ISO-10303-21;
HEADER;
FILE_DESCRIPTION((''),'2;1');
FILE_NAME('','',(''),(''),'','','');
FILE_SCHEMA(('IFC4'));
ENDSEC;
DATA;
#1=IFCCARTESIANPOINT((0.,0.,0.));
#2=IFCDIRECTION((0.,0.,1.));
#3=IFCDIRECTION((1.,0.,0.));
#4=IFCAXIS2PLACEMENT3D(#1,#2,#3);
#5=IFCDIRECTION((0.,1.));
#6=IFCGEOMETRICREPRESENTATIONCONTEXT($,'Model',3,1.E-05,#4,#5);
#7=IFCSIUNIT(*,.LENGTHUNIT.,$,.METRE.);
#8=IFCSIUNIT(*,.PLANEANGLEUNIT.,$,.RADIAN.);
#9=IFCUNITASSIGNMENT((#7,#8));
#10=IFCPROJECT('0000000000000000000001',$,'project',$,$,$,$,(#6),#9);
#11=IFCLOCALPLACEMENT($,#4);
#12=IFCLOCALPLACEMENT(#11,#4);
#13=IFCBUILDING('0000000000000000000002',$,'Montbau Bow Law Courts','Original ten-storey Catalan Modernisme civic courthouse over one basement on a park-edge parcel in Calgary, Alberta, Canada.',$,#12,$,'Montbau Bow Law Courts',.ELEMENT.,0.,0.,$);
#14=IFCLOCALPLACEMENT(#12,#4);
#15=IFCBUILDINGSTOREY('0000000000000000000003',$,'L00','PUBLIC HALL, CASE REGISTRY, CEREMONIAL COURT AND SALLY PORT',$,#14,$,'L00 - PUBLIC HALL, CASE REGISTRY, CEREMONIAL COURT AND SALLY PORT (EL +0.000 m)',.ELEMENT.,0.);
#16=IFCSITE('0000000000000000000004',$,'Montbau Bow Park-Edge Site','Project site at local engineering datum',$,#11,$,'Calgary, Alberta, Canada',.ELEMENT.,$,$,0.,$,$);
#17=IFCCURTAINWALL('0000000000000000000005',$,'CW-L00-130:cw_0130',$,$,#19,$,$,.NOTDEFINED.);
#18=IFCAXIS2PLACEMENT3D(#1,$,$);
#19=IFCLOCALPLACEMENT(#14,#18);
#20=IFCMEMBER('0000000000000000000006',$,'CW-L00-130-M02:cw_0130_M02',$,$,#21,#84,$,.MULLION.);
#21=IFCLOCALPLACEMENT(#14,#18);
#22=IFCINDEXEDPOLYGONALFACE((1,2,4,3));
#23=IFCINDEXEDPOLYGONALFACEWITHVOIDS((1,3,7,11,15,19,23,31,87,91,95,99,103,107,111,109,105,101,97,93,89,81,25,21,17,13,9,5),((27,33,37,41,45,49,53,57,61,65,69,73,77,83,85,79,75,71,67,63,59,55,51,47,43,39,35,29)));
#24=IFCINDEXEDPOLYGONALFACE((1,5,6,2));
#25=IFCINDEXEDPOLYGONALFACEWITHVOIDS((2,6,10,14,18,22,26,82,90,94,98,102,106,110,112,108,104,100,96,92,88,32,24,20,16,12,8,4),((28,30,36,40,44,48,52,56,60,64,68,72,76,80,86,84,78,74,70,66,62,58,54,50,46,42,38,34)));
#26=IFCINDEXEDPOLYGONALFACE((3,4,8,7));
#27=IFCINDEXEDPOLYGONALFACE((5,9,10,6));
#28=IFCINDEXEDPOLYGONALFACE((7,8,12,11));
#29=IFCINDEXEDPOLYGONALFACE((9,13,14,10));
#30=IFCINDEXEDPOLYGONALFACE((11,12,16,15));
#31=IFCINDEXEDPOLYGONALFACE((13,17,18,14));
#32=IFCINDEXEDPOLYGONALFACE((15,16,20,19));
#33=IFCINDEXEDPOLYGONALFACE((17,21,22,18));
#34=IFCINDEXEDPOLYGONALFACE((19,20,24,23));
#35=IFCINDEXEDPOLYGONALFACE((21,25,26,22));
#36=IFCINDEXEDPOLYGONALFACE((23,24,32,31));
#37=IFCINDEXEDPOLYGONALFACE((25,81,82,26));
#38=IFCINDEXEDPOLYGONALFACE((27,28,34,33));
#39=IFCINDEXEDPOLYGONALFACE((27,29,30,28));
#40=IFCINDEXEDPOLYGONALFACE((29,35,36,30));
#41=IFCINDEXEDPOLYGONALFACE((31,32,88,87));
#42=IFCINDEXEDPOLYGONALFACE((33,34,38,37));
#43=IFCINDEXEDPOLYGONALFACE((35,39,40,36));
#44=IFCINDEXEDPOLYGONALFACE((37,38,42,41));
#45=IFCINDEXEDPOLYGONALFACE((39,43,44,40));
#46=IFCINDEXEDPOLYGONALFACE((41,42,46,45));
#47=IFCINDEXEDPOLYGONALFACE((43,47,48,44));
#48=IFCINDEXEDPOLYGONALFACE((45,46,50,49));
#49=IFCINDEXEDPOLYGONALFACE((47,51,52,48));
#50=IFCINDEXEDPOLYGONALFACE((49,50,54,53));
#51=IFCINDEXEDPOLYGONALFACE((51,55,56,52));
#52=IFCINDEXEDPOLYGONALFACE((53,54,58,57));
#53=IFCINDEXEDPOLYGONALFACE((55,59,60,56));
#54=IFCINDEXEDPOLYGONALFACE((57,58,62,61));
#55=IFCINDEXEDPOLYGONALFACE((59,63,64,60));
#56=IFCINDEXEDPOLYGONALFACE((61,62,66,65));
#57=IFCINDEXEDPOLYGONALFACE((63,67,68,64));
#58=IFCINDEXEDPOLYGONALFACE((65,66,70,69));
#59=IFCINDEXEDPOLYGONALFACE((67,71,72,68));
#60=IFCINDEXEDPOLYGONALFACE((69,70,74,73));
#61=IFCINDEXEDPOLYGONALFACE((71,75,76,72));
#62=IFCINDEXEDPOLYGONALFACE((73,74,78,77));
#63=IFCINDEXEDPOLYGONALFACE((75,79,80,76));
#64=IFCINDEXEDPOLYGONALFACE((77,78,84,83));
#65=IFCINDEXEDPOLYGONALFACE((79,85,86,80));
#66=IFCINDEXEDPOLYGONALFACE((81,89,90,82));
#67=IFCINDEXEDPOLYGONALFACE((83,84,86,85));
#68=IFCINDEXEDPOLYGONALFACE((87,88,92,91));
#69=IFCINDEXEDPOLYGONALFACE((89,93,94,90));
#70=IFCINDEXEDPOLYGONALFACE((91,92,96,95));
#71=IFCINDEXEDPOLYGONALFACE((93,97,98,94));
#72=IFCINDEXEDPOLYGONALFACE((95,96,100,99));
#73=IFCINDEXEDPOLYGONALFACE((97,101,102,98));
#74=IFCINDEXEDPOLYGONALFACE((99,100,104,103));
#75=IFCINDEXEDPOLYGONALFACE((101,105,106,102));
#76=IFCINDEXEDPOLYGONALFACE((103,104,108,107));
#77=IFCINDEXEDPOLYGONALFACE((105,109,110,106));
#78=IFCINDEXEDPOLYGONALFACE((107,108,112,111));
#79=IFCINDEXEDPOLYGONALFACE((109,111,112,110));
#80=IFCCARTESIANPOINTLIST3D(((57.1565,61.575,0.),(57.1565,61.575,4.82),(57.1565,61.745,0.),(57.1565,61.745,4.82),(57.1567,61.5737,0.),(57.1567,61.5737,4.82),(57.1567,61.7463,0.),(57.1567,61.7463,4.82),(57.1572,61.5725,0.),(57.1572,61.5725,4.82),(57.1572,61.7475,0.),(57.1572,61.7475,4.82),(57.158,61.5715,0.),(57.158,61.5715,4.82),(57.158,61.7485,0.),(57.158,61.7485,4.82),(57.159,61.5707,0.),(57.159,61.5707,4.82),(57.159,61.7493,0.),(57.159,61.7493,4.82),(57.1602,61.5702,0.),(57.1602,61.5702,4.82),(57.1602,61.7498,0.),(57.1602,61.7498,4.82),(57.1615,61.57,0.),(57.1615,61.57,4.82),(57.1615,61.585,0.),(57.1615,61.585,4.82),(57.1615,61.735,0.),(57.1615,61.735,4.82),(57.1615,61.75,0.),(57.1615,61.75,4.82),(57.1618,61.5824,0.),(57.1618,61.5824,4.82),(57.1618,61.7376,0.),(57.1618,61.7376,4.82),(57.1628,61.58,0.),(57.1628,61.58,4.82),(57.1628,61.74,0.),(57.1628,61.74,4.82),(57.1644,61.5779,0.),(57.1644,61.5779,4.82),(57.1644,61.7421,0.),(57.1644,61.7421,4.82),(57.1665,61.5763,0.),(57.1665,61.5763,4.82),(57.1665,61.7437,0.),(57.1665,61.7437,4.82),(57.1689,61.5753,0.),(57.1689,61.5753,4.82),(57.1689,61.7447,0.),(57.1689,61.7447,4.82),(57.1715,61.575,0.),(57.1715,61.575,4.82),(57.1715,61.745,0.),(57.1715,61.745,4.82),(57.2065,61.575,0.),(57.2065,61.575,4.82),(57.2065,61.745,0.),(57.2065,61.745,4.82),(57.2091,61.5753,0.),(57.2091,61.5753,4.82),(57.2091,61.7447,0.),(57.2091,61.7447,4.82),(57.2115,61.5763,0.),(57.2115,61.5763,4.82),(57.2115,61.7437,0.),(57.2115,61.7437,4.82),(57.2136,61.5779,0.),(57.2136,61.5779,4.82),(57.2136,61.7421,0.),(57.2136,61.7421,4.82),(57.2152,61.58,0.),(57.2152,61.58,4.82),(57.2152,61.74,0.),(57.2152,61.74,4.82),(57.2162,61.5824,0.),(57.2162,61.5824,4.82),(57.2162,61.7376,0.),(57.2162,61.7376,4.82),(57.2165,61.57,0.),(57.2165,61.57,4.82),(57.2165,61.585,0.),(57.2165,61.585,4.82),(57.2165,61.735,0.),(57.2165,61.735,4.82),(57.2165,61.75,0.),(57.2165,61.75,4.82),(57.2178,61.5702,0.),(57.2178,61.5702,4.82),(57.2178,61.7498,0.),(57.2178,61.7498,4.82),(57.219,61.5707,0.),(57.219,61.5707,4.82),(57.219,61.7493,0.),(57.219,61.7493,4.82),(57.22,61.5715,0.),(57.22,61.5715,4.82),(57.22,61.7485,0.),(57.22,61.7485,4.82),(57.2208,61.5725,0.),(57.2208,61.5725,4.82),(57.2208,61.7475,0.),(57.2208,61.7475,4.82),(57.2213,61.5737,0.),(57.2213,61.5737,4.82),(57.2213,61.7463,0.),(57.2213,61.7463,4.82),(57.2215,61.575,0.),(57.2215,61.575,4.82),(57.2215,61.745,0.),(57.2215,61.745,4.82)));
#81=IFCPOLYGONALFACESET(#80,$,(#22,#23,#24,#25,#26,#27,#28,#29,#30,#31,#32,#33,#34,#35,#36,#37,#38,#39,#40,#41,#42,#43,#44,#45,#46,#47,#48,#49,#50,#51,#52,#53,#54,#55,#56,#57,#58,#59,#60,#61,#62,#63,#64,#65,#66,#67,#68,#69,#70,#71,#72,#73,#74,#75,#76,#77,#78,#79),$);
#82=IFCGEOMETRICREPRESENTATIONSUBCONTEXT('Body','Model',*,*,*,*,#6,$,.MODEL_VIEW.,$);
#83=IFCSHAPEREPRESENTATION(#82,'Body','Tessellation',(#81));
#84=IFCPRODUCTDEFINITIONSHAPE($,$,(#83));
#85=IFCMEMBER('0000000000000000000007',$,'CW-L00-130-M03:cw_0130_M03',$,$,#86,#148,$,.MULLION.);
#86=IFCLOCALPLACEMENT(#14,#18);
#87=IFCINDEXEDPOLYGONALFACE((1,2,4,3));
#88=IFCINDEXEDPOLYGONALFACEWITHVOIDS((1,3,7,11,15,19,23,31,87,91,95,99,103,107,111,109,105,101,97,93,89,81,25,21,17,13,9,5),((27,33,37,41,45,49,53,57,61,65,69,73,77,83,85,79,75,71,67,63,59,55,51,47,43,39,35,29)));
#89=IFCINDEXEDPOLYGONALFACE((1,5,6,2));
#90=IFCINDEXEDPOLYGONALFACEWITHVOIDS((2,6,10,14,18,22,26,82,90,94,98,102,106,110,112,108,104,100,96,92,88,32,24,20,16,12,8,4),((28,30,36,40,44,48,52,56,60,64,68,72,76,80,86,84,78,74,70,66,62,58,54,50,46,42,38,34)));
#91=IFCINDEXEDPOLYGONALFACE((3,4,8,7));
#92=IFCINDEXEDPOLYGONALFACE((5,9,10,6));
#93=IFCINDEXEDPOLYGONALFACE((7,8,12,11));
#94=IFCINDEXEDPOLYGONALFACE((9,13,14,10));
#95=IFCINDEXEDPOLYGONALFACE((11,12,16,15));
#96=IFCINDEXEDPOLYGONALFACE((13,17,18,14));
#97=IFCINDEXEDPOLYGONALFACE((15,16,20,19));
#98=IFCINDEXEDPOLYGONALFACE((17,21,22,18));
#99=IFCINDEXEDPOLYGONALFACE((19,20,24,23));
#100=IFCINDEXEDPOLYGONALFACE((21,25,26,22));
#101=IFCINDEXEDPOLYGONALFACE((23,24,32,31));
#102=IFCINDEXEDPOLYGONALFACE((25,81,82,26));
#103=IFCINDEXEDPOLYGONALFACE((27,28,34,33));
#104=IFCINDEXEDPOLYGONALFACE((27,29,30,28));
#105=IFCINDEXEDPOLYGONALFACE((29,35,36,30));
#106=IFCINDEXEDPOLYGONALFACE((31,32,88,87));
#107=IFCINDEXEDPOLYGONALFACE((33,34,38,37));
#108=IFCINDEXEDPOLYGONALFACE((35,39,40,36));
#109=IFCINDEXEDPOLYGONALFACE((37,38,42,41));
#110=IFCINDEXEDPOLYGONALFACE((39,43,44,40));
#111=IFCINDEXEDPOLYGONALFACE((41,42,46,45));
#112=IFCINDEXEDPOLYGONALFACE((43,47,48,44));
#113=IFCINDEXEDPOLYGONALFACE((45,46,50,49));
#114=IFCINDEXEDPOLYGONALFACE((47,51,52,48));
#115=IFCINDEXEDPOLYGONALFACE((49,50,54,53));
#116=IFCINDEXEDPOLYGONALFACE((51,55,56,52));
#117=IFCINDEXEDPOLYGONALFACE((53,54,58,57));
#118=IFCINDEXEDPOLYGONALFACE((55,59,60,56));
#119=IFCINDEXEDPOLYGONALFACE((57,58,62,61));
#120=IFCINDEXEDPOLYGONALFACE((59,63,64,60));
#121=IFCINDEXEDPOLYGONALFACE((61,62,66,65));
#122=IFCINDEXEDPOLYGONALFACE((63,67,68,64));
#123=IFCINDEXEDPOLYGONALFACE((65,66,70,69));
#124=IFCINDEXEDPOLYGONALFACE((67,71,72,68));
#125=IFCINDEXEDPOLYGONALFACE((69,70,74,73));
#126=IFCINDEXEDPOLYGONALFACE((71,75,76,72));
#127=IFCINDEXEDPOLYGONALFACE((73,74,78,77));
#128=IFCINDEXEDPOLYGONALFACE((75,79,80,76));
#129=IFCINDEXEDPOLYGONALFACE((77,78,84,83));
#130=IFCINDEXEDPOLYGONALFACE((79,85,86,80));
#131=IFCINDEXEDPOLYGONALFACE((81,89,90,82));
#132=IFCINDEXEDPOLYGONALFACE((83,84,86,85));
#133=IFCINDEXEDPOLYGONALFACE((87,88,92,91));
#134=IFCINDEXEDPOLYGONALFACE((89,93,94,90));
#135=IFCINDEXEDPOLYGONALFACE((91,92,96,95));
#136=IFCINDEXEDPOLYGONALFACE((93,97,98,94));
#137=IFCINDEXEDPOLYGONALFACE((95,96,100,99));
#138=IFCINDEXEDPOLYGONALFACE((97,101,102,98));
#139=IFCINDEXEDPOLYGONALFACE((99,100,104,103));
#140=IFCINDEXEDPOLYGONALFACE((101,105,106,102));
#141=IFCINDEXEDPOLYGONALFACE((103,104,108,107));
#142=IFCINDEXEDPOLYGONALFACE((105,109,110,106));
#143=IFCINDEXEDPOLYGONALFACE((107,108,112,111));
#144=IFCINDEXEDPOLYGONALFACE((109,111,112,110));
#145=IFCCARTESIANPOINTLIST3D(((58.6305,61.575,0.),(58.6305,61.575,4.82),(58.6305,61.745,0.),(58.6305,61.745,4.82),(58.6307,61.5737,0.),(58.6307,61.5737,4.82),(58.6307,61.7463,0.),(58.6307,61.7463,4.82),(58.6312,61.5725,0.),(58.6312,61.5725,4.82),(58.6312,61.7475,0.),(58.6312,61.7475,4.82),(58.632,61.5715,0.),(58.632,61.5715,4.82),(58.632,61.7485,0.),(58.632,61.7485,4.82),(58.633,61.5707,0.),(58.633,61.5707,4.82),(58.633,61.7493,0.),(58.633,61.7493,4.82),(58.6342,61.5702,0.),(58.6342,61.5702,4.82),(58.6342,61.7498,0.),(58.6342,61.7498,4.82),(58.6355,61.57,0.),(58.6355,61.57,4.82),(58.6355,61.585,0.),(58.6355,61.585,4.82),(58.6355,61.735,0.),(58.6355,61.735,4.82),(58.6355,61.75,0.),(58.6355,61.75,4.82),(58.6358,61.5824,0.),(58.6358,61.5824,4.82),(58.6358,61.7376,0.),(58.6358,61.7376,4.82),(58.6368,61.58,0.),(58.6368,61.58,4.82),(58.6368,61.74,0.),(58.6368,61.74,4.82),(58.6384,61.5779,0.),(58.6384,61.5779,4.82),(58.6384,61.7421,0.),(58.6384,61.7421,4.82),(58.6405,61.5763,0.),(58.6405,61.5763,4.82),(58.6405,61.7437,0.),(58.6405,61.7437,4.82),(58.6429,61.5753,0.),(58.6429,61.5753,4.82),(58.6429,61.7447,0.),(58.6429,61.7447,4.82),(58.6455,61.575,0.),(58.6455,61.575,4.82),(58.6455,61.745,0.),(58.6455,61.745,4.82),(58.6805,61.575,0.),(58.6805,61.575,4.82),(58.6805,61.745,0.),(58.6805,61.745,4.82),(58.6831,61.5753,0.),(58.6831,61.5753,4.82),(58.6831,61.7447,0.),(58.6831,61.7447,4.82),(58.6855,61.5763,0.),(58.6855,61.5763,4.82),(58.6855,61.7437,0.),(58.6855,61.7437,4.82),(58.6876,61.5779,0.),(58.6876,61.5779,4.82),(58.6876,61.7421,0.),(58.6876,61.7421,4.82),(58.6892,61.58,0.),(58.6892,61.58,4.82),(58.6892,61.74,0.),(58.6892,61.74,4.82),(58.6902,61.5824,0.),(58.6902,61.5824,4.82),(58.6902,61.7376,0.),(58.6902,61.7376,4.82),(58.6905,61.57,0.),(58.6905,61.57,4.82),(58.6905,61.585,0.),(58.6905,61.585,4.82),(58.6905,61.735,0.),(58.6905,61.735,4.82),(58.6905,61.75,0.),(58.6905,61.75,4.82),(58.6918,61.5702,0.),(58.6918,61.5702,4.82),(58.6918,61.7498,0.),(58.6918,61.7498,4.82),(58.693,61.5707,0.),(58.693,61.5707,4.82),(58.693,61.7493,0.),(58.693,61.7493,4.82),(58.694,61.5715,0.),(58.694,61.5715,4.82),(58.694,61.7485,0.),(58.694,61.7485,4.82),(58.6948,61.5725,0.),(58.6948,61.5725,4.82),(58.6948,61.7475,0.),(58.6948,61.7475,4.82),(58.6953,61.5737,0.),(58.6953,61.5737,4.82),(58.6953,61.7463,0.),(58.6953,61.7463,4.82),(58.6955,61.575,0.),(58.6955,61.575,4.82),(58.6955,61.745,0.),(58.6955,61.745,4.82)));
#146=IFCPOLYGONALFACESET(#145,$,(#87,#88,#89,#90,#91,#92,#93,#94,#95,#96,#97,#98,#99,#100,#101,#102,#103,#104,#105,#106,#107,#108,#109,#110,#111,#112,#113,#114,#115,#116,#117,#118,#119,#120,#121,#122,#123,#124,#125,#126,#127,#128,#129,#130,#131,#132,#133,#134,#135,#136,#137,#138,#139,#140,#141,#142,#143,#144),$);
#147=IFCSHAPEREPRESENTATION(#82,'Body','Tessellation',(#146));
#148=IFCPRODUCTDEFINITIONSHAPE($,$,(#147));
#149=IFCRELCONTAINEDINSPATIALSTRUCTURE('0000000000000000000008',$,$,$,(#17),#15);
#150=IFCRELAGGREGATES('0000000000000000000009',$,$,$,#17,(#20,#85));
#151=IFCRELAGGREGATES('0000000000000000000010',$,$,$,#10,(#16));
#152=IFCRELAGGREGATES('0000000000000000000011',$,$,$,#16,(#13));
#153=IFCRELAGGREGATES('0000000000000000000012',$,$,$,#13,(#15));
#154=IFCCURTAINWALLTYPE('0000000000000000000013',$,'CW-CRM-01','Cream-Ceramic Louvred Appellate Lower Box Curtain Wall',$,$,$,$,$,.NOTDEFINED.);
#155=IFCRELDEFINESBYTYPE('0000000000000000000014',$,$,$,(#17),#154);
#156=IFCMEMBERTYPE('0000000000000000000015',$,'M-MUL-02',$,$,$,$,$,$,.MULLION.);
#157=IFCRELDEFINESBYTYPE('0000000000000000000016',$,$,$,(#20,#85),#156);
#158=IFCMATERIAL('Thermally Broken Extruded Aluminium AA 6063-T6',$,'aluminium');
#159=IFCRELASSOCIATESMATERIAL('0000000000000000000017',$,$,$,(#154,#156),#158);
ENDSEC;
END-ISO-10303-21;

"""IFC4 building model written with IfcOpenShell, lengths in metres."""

from ifc_helpers import new_model, si_unit, direction, frame, origin_with_axes, origin_2d_with_axis, place, context, subcontext, project, spatial, hollow_rectangle, extrude, material, material_profile, profile_set, type_object, element, aggregate, save


model = new_model("IFC4")

# Units and contexts
model_context = context("Model", 3, precision=1e-05, world=origin_with_axes(), true_north=direction((0.0, 1.0)))
body_context = subcontext(model_context, "Body", "Model", "MODEL_VIEW")
ifc_project = project(units=[si_unit("LENGTHUNIT", "METRE"), si_unit("PLANEANGLEUNIT", "RADIAN")], contexts=[model_context])

# Site, building, storey
site_placement = place(None, origin_with_axes())
site = spatial("IfcSite", under=ifc_project, at=site_placement, Name="Montbau Bow Park-Edge Site", Description="Project site at local engineering datum", LongName="Calgary, Alberta, Canada", CompositionType="ELEMENT", RefElevation=0.0)
building_placement = place(site_placement, origin_with_axes())
building = spatial("IfcBuilding", under=site, at=building_placement, Name="Montbau Bow Law Courts", Description="Original ten-storey Catalan Modernisme civic courthouse over one basement on a park-edge parcel in Calgary, Alberta, Canada.", LongName="Montbau Bow Law Courts", CompositionType="ELEMENT", ElevationOfRefHeight=0.0, ElevationOfTerrain=0.0)
storey_placement = place(building_placement, origin_with_axes())
storey = spatial("IfcBuildingStorey", under=building, at=storey_placement, Name="L00", Description="PUBLIC HALL, CASE REGISTRY, CEREMONIAL COURT AND SALLY PORT", LongName="L00 - PUBLIC HALL, CASE REGISTRY, CEREMONIAL COURT AND SALLY PORT (EL +0.000 m)", CompositionType="ELEMENT", Elevation=0.0)

# Curtain wall, members
ifc_material_1 = material(Name="Thermally Broken Extruded Aluminium AA 6063-T6", Category="aluminium")
curtain_wall_type = type_object("IfcCurtainWallType", Name="CW-CRM-01", Description="Cream-Ceramic Louvred Appellate Lower Box Curtain Wall", PredefinedType="NOTDEFINED", material=ifc_material_1)
curtain_wall_placement = place(None, frame((55.715, 61.66, 0.0), z_axis=(0.0, 0.0, 1.0), x_axis=(1.0, 0.0, 0.0)))
curtain_wall = element("IfcCurtainWall", 1, at=curtain_wall_placement, inside=storey, type_object=curtain_wall_type, Name="CW-L00-130:cw_0130", PredefinedType="NOTDEFINED")
ifc_material_profile_1 = material_profile(ifc_material_1, hollow_rectangle(XDim=0.065, YDim=0.18, WallThickness=0.005, InnerFilletRadius=0.01, OuterFilletRadius=0.005, at=origin_2d_with_axis()), Name="CWM-180X65", Category="Main", Priority=0)
ifc_profile_set_1 = profile_set([ifc_material_profile_1], Name="Thermally Broken Extruded Aluminium AA 6063-T6")
member_type_1 = type_object("IfcMemberType", Name="M-MUL-02", PredefinedType="MULLION", material=ifc_profile_set_1)
member_1_placement = place(None, frame((57.189, 61.66, 0.0), z_axis=(0.0, 0.0, 1.0), x_axis=(1.0, 0.0, 0.0)))
member_1 = element("IfcMember", 2, at=member_1_placement, type_object=member_type_1, Name="CW-L00-130-M02:cw_0130_M02", PredefinedType="MULLION", context=body_context, shape_type="SweptSolid", body=[
    extrude(hollow_rectangle(XDim=0.065, YDim=0.18, WallThickness=0.005, InnerFilletRadius=0.01, OuterFilletRadius=0.005, at=origin_2d_with_axis()), origin_with_axes(), (0.0, 0.0, 1.0), 4.82),
])
member_2_placement = place(None, frame((58.663, 61.66, 0.0), z_axis=(0.0, 0.0, 1.0), x_axis=(1.0, 0.0, 0.0)))
member_2 = element("IfcMember", 3, at=member_2_placement, type_object=member_type_1, Name="CW-L00-130-M03:cw_0130_M03", PredefinedType="MULLION", context=body_context, shape_type="SweptSolid", body=[
    extrude(hollow_rectangle(XDim=0.065, YDim=0.18, WallThickness=0.005, InnerFilletRadius=0.01, OuterFilletRadius=0.005, at=origin_2d_with_axis()), origin_with_axes(), (0.0, 0.0, 1.0), 4.82),
])
aggregate(curtain_wall, [member_1, member_2])

save(model, "model.ifc")
